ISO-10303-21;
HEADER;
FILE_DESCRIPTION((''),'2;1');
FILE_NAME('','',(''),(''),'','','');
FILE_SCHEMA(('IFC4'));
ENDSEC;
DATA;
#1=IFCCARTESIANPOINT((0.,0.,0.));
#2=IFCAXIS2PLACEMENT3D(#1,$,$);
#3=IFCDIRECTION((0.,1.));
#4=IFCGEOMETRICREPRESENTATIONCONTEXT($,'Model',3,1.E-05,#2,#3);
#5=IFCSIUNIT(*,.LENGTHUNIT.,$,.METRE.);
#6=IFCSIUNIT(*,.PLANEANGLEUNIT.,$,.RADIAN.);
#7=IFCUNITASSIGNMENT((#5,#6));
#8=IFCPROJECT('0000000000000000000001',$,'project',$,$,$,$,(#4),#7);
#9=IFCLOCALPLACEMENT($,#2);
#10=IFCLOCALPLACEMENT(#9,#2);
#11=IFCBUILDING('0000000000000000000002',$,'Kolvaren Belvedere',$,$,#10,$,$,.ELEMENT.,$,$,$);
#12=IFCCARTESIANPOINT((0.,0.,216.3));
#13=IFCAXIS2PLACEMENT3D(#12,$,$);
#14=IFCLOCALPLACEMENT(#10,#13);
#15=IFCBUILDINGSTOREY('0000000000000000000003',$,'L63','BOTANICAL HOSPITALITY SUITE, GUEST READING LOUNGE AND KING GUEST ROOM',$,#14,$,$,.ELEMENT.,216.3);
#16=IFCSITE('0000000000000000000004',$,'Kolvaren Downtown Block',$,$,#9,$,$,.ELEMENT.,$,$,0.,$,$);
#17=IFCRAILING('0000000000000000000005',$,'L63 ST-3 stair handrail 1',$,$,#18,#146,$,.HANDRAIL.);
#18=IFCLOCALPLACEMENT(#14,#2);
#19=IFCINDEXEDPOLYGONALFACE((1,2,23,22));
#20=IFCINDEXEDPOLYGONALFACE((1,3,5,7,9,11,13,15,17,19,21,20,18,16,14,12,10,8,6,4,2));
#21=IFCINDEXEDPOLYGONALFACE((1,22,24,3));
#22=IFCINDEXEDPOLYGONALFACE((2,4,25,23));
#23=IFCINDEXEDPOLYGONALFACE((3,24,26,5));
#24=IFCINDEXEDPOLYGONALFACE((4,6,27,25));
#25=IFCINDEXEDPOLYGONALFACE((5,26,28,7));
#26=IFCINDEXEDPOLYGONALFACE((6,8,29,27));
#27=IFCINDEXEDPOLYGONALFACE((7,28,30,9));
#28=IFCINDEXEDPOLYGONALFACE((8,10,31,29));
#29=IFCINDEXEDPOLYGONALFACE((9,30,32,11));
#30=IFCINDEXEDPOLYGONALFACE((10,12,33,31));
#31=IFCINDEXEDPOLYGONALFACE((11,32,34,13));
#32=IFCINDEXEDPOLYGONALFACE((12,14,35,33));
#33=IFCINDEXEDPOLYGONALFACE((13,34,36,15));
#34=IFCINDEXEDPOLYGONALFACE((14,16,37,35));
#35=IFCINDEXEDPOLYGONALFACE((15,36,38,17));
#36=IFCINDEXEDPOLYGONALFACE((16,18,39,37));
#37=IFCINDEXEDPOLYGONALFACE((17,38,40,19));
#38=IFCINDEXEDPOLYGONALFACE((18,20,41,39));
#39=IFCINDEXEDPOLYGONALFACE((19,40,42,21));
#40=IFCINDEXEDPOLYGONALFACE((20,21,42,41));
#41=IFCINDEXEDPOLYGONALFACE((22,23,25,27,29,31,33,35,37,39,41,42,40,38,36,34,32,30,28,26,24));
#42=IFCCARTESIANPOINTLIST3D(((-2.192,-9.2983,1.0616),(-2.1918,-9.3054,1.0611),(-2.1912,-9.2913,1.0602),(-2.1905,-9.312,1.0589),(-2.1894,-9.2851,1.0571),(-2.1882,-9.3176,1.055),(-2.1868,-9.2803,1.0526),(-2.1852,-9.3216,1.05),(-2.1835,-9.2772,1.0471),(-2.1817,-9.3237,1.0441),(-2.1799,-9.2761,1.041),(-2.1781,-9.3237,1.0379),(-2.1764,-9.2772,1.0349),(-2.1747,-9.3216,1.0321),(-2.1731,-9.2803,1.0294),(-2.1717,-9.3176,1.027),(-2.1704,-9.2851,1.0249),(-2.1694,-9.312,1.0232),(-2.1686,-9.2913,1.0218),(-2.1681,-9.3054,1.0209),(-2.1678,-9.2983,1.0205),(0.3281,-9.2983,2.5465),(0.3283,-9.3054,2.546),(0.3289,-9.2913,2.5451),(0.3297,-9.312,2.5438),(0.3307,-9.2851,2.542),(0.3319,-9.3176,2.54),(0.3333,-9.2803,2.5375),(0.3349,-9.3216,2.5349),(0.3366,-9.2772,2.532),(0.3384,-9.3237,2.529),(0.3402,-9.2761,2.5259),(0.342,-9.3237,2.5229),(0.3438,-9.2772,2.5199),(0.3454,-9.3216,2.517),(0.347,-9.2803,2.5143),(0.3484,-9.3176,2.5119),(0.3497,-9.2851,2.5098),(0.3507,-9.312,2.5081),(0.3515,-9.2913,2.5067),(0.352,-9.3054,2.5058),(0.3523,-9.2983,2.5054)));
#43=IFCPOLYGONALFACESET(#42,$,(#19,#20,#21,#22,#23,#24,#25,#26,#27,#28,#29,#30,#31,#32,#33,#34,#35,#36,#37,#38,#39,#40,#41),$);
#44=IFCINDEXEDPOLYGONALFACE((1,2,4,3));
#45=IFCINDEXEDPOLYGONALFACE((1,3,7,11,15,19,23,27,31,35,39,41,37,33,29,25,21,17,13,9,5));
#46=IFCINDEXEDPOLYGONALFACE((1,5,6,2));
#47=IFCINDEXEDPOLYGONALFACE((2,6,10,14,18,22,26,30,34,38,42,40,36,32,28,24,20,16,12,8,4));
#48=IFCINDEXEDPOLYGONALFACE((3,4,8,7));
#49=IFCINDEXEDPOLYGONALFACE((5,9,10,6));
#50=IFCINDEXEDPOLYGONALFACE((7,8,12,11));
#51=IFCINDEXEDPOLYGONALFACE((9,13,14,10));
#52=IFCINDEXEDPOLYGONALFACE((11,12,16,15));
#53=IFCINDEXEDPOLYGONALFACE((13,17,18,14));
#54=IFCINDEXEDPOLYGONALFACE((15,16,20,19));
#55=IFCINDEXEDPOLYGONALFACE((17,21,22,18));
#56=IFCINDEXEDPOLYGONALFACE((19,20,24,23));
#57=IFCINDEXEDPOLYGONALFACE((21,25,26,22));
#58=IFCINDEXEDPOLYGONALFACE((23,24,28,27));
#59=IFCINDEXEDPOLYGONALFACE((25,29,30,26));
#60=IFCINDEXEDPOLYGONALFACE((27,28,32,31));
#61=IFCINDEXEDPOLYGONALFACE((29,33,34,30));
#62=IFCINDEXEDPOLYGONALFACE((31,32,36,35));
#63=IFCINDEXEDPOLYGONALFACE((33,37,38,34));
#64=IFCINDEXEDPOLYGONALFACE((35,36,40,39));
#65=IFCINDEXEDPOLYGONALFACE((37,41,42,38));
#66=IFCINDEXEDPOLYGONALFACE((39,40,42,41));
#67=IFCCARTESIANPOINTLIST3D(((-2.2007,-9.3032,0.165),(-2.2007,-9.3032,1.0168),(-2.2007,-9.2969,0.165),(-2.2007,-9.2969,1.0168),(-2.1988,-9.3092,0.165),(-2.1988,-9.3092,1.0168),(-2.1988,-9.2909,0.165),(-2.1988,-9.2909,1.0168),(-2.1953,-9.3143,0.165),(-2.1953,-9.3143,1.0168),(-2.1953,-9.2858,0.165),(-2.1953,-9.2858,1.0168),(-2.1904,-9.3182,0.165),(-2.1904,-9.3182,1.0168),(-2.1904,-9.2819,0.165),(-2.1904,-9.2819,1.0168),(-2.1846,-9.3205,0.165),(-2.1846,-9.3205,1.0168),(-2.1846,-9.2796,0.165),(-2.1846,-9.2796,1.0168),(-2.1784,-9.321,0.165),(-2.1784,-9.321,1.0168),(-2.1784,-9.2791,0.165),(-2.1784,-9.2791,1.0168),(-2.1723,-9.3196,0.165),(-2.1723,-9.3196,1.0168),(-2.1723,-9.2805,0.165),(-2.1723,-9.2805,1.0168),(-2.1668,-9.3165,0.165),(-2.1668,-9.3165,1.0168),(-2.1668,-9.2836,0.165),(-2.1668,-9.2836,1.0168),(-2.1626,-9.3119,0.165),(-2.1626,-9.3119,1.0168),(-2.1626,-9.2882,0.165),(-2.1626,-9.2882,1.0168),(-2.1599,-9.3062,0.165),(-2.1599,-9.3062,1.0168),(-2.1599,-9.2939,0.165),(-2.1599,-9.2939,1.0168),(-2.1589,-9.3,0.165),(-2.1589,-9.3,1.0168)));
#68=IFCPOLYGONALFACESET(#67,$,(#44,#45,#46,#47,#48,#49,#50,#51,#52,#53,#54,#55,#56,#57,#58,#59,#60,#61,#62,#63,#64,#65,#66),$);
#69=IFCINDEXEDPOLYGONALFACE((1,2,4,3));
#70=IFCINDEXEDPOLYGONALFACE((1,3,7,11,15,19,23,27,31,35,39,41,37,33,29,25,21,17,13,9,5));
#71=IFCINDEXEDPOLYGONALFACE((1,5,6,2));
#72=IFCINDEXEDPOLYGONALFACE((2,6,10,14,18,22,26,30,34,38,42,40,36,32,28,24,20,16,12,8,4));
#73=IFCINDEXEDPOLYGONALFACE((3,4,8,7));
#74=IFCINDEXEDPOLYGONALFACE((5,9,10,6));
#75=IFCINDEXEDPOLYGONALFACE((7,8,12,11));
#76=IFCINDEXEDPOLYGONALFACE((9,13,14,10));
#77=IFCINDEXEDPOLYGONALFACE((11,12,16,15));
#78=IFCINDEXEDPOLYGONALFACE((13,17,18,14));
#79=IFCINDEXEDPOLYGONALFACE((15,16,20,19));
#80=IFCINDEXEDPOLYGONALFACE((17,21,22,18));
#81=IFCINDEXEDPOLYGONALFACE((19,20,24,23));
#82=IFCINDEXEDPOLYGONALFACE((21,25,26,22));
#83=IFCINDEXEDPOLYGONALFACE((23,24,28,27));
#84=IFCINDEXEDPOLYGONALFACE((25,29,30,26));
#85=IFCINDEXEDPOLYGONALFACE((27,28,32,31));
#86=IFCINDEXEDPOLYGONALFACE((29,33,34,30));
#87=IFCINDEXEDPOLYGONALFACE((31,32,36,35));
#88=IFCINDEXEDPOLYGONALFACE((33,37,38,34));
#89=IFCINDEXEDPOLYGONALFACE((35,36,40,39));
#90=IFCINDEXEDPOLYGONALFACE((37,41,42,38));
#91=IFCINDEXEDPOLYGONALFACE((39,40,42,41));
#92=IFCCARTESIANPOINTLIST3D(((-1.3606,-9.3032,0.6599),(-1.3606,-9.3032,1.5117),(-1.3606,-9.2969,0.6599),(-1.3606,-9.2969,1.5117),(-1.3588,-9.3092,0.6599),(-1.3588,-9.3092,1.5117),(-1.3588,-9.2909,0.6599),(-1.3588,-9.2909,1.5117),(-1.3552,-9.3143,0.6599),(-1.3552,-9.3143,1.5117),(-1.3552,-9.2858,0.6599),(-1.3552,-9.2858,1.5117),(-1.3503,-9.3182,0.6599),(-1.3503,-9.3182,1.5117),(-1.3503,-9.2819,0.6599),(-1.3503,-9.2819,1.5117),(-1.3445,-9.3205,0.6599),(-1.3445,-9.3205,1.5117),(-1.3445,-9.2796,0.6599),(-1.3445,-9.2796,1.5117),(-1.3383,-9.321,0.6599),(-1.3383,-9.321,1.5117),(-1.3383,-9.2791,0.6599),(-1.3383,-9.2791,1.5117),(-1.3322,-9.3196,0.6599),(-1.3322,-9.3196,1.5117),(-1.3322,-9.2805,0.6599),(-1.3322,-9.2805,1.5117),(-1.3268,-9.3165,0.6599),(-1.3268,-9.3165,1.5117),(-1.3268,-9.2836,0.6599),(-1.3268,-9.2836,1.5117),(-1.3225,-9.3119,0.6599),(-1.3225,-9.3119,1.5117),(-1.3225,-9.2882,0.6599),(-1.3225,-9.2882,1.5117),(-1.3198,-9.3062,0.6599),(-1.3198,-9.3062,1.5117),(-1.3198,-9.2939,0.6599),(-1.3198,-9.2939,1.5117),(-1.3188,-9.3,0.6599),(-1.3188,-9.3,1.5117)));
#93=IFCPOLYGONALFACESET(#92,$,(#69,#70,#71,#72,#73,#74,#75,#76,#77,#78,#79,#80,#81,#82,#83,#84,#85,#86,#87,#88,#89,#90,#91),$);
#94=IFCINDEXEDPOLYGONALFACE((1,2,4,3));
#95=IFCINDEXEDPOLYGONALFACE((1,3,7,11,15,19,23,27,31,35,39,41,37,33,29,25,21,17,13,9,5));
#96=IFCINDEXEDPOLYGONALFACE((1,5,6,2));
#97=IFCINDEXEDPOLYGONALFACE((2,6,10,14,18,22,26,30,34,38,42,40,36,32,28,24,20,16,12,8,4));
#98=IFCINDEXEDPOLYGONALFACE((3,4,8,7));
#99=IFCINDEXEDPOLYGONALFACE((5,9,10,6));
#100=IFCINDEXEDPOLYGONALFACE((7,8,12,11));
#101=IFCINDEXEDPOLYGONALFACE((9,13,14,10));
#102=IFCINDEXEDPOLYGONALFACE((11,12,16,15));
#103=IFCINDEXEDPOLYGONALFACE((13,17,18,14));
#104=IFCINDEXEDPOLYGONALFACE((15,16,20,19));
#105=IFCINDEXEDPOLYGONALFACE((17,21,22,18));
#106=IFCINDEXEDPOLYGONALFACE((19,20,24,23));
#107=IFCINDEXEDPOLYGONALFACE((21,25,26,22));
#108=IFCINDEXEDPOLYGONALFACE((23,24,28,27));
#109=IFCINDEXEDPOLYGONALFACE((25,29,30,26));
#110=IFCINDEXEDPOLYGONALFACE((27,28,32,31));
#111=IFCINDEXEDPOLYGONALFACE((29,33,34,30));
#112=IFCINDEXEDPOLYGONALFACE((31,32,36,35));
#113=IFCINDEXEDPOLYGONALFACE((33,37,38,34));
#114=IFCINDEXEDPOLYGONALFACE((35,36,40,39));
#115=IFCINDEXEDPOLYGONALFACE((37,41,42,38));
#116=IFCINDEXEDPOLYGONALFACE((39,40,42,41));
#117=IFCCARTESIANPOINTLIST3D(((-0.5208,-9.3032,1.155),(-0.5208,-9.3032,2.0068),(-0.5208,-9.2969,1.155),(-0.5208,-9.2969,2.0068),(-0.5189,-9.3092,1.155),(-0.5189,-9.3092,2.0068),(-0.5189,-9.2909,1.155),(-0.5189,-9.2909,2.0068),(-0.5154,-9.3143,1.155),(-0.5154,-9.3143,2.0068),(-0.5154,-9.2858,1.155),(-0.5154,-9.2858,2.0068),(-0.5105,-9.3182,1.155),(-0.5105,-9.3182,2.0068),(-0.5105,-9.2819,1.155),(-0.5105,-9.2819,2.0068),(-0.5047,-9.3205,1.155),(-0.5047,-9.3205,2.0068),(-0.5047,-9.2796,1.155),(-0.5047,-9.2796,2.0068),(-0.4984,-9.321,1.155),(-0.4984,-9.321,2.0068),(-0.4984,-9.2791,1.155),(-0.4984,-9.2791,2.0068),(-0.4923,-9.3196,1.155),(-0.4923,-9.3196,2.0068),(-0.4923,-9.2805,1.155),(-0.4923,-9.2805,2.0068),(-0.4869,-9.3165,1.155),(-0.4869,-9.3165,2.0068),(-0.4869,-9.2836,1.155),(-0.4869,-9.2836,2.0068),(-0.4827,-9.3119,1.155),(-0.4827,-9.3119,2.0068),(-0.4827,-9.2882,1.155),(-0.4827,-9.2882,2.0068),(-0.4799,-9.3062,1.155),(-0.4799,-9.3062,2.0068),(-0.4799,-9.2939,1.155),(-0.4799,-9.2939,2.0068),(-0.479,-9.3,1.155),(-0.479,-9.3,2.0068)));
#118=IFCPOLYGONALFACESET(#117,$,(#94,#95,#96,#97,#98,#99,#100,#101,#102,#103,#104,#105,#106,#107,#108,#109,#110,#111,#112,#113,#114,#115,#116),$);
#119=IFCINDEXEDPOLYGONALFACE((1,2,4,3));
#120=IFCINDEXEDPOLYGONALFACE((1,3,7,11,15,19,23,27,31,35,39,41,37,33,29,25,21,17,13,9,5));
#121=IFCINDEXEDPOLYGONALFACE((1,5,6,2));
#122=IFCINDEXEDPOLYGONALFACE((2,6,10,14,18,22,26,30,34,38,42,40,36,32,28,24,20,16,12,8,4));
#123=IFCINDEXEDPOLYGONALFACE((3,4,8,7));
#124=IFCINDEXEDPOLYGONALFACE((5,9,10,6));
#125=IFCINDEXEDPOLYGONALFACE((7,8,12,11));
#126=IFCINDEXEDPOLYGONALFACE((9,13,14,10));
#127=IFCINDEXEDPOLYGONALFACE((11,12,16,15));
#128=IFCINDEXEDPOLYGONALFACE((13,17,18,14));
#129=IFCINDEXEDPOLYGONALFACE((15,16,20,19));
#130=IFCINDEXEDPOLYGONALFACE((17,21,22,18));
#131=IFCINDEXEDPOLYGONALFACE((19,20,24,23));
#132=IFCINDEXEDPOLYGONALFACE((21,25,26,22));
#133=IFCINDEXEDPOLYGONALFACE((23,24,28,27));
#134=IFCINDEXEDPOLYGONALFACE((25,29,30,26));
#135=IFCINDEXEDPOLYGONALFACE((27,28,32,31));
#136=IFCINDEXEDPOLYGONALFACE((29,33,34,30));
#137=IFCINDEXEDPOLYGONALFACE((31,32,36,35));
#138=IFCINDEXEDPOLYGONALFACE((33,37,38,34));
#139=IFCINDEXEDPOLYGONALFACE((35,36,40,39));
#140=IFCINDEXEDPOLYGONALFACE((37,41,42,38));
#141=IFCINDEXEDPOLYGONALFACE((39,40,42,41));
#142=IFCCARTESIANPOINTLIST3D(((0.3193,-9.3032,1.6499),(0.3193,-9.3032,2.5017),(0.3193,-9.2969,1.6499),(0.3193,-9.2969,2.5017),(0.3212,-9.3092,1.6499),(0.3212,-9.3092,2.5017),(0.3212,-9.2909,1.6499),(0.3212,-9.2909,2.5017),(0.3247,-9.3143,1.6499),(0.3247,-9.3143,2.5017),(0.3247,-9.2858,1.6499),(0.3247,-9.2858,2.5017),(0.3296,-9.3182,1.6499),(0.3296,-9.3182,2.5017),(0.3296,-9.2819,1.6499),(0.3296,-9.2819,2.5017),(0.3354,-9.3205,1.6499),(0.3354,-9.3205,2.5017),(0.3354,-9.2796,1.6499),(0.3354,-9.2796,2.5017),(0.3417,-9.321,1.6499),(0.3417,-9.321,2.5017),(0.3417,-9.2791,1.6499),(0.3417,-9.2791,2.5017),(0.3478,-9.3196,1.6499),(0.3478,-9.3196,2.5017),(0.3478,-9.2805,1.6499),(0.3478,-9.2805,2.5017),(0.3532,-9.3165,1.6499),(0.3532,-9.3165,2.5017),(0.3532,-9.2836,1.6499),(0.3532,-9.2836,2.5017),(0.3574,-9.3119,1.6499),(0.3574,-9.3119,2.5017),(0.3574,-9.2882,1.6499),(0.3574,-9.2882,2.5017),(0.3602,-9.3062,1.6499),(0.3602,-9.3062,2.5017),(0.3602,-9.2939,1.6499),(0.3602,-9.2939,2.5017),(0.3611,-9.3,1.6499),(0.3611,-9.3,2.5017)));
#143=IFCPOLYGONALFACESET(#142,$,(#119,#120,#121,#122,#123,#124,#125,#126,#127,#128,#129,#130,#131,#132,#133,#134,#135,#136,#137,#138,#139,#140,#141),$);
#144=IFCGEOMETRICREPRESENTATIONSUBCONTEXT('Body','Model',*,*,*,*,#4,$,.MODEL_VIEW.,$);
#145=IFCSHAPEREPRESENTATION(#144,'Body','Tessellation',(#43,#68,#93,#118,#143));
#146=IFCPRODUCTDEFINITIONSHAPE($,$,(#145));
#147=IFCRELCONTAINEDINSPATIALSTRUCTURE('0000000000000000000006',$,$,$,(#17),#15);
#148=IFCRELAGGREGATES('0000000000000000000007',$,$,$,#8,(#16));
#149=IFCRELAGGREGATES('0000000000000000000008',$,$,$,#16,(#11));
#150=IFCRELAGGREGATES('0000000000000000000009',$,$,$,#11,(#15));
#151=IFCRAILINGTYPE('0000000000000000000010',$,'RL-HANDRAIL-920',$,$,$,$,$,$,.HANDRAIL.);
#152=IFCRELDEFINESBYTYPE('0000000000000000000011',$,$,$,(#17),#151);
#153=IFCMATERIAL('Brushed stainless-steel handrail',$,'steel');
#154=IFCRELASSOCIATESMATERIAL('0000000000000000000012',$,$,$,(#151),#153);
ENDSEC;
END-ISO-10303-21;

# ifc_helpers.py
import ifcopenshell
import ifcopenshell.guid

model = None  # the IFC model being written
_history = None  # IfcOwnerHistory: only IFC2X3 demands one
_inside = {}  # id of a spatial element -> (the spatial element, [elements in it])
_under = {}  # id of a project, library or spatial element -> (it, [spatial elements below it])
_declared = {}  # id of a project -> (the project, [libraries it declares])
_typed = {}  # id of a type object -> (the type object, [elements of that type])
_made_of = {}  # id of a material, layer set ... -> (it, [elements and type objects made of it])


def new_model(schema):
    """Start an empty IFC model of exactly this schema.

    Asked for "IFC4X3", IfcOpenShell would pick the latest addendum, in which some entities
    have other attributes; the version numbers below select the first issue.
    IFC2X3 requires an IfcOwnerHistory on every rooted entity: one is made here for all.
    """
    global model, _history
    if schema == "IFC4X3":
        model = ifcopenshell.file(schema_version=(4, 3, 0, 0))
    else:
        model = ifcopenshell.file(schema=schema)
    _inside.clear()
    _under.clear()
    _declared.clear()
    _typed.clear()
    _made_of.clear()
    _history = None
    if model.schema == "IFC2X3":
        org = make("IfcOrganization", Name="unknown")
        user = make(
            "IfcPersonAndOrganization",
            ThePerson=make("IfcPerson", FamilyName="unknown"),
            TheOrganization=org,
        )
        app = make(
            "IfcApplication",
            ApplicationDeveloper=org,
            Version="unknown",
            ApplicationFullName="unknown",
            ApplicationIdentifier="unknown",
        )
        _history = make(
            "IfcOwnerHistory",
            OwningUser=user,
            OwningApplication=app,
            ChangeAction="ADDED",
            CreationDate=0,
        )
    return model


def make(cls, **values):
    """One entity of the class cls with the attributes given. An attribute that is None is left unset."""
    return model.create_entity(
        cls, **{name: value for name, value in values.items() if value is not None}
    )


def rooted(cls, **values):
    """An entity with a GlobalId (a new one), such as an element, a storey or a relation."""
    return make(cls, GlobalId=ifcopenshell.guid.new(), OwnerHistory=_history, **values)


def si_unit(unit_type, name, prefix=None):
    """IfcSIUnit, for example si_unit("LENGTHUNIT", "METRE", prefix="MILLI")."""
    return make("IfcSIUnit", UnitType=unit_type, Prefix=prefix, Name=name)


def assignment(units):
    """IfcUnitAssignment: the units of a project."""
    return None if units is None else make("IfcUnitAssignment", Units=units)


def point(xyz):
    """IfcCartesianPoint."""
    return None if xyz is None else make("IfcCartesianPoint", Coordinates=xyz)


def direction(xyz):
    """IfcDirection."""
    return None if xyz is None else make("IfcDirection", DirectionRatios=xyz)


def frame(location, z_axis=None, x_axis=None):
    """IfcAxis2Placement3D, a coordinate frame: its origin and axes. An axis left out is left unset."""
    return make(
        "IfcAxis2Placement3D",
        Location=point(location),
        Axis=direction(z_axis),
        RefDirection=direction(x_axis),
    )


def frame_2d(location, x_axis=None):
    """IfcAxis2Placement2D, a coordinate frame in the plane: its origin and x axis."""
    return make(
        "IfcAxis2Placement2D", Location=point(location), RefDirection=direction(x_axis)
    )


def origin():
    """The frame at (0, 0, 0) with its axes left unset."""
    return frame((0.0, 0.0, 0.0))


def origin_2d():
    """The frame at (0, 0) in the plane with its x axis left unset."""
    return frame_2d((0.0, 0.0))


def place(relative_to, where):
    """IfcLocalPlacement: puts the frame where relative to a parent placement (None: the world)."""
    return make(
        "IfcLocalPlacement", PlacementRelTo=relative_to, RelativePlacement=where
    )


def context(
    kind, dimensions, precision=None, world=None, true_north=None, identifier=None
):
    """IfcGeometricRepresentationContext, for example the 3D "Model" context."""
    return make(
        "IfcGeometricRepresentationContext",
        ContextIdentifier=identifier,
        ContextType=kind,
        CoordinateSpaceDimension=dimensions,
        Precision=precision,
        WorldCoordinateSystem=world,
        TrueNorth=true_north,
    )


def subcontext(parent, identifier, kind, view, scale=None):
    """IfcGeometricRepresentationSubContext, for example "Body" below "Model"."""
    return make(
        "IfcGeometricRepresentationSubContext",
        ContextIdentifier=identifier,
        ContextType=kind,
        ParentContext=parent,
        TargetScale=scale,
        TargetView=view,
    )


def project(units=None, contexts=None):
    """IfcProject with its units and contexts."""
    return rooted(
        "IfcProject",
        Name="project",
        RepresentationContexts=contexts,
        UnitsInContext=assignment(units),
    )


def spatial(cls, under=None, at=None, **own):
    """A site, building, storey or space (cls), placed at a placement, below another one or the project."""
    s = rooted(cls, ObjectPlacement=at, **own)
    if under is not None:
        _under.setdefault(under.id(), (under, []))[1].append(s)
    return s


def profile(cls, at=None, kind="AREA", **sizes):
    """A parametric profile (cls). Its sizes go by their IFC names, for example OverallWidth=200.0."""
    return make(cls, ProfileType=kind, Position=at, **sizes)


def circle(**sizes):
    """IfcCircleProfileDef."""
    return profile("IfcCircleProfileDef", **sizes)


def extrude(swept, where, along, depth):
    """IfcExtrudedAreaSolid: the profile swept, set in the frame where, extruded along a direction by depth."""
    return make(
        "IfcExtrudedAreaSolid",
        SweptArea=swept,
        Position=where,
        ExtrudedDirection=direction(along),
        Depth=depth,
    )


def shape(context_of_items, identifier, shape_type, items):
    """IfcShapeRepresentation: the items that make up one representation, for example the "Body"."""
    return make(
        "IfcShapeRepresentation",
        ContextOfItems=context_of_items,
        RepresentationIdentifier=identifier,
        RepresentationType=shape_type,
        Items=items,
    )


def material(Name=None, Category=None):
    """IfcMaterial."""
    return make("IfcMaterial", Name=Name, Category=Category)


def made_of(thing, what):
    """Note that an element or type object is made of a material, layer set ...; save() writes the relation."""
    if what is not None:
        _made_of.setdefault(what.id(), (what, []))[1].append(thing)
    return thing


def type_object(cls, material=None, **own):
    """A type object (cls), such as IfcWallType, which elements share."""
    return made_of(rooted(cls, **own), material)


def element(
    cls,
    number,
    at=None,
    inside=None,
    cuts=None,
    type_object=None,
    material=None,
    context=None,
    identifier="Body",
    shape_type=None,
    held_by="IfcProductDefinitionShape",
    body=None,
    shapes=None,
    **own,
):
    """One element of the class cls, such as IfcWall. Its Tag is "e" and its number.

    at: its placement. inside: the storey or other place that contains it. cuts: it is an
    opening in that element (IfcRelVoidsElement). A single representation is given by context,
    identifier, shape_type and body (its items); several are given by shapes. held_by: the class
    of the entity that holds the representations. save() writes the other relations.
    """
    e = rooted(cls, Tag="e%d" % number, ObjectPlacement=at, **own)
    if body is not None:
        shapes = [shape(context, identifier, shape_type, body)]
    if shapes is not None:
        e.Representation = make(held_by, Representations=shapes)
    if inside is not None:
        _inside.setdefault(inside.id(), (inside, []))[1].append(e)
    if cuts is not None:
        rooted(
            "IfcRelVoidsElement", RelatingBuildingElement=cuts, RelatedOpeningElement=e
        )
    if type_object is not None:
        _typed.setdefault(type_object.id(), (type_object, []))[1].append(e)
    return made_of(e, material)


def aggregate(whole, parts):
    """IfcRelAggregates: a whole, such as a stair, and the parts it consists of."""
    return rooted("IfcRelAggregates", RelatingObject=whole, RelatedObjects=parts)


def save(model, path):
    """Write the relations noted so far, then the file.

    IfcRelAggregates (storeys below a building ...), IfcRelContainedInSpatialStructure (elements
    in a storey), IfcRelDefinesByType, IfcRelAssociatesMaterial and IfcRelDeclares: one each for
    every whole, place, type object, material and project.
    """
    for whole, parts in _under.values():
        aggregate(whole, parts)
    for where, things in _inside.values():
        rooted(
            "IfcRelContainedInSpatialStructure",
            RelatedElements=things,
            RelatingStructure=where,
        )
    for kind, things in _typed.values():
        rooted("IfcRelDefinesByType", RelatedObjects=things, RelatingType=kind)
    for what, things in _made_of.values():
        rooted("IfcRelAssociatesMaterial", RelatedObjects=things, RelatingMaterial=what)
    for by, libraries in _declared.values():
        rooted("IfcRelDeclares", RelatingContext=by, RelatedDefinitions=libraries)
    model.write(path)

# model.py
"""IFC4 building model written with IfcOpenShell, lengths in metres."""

from ifc_helpers import new_model, si_unit, direction, frame, origin, origin_2d, place, context, subcontext, project, spatial, circle, extrude, material, type_object, element, save


model = new_model("IFC4")

# Units and contexts
model_context = context("Model", 3, precision=1e-05, world=origin(), true_north=direction((0.0, 1.0)))
body_context = subcontext(model_context, "Body", "Model", "MODEL_VIEW")
ifc_project = project(units=[si_unit("LENGTHUNIT", "METRE"), si_unit("PLANEANGLEUNIT", "RADIAN")], contexts=[model_context])

# Site, building, storey
site_placement = place(None, origin())
site = spatial("IfcSite", under=ifc_project, at=site_placement, Name="Kolvaren Downtown Block", CompositionType="ELEMENT", RefElevation=0.0)
building_placement = place(site_placement, origin())
building = spatial("IfcBuilding", under=site, at=building_placement, Name="Kolvaren Belvedere", CompositionType="ELEMENT")
storey_placement = place(building_placement, frame((0.0, 0.0, 216.3)))
storey = spatial("IfcBuildingStorey", under=building, at=storey_placement, Name="L63", Description="BOTANICAL HOSPITALITY SUITE, GUEST READING LOUNGE AND KING GUEST ROOM", CompositionType="ELEMENT", Elevation=216.3)

# Railing
ifc_material_1 = material(Name="Brushed stainless-steel handrail", Category="steel")
railing_type_1 = type_object("IfcRailingType", Name="RL-HANDRAIL-920", PredefinedType="HANDRAIL", material=ifc_material_1)
railing_1_placement = place(storey_placement, frame((-2.1799, -9.3, 0.165)))
element("IfcRailing", 1, at=railing_1_placement, inside=storey, type_object=railing_type_1, Name="L63 ST-3 stair handrail 1", PredefinedType="HANDRAIL", context=body_context, shape_type="SweptSolid", body=[
    extrude(circle(Radius=0.0239, at=origin_2d()), frame((0.0, 0.0, 0.876), z_axis=(0.861561, 0.0, 0.507655), x_axis=(0.0, 1.0, 0.0)), (0.0, 0.0, 1.0), 2.925),
    extrude(circle(Radius=0.021, at=origin_2d()), origin(), (0.0, 0.0, 1.0), 0.8518),
    extrude(circle(Radius=0.021, at=origin_2d()), frame((0.8401, 0.0, 0.4949)), (0.0, 0.0, 1.0), 0.8518),
    extrude(circle(Radius=0.021, at=origin_2d()), frame((1.6799, 0.0, 0.99)), (0.0, 0.0, 1.0), 0.8518),
    extrude(circle(Radius=0.021, at=origin_2d()), frame((2.52, 0.0, 1.4849)), (0.0, 0.0, 1.0), 0.8518),
])

save(model, "model.ifc")
